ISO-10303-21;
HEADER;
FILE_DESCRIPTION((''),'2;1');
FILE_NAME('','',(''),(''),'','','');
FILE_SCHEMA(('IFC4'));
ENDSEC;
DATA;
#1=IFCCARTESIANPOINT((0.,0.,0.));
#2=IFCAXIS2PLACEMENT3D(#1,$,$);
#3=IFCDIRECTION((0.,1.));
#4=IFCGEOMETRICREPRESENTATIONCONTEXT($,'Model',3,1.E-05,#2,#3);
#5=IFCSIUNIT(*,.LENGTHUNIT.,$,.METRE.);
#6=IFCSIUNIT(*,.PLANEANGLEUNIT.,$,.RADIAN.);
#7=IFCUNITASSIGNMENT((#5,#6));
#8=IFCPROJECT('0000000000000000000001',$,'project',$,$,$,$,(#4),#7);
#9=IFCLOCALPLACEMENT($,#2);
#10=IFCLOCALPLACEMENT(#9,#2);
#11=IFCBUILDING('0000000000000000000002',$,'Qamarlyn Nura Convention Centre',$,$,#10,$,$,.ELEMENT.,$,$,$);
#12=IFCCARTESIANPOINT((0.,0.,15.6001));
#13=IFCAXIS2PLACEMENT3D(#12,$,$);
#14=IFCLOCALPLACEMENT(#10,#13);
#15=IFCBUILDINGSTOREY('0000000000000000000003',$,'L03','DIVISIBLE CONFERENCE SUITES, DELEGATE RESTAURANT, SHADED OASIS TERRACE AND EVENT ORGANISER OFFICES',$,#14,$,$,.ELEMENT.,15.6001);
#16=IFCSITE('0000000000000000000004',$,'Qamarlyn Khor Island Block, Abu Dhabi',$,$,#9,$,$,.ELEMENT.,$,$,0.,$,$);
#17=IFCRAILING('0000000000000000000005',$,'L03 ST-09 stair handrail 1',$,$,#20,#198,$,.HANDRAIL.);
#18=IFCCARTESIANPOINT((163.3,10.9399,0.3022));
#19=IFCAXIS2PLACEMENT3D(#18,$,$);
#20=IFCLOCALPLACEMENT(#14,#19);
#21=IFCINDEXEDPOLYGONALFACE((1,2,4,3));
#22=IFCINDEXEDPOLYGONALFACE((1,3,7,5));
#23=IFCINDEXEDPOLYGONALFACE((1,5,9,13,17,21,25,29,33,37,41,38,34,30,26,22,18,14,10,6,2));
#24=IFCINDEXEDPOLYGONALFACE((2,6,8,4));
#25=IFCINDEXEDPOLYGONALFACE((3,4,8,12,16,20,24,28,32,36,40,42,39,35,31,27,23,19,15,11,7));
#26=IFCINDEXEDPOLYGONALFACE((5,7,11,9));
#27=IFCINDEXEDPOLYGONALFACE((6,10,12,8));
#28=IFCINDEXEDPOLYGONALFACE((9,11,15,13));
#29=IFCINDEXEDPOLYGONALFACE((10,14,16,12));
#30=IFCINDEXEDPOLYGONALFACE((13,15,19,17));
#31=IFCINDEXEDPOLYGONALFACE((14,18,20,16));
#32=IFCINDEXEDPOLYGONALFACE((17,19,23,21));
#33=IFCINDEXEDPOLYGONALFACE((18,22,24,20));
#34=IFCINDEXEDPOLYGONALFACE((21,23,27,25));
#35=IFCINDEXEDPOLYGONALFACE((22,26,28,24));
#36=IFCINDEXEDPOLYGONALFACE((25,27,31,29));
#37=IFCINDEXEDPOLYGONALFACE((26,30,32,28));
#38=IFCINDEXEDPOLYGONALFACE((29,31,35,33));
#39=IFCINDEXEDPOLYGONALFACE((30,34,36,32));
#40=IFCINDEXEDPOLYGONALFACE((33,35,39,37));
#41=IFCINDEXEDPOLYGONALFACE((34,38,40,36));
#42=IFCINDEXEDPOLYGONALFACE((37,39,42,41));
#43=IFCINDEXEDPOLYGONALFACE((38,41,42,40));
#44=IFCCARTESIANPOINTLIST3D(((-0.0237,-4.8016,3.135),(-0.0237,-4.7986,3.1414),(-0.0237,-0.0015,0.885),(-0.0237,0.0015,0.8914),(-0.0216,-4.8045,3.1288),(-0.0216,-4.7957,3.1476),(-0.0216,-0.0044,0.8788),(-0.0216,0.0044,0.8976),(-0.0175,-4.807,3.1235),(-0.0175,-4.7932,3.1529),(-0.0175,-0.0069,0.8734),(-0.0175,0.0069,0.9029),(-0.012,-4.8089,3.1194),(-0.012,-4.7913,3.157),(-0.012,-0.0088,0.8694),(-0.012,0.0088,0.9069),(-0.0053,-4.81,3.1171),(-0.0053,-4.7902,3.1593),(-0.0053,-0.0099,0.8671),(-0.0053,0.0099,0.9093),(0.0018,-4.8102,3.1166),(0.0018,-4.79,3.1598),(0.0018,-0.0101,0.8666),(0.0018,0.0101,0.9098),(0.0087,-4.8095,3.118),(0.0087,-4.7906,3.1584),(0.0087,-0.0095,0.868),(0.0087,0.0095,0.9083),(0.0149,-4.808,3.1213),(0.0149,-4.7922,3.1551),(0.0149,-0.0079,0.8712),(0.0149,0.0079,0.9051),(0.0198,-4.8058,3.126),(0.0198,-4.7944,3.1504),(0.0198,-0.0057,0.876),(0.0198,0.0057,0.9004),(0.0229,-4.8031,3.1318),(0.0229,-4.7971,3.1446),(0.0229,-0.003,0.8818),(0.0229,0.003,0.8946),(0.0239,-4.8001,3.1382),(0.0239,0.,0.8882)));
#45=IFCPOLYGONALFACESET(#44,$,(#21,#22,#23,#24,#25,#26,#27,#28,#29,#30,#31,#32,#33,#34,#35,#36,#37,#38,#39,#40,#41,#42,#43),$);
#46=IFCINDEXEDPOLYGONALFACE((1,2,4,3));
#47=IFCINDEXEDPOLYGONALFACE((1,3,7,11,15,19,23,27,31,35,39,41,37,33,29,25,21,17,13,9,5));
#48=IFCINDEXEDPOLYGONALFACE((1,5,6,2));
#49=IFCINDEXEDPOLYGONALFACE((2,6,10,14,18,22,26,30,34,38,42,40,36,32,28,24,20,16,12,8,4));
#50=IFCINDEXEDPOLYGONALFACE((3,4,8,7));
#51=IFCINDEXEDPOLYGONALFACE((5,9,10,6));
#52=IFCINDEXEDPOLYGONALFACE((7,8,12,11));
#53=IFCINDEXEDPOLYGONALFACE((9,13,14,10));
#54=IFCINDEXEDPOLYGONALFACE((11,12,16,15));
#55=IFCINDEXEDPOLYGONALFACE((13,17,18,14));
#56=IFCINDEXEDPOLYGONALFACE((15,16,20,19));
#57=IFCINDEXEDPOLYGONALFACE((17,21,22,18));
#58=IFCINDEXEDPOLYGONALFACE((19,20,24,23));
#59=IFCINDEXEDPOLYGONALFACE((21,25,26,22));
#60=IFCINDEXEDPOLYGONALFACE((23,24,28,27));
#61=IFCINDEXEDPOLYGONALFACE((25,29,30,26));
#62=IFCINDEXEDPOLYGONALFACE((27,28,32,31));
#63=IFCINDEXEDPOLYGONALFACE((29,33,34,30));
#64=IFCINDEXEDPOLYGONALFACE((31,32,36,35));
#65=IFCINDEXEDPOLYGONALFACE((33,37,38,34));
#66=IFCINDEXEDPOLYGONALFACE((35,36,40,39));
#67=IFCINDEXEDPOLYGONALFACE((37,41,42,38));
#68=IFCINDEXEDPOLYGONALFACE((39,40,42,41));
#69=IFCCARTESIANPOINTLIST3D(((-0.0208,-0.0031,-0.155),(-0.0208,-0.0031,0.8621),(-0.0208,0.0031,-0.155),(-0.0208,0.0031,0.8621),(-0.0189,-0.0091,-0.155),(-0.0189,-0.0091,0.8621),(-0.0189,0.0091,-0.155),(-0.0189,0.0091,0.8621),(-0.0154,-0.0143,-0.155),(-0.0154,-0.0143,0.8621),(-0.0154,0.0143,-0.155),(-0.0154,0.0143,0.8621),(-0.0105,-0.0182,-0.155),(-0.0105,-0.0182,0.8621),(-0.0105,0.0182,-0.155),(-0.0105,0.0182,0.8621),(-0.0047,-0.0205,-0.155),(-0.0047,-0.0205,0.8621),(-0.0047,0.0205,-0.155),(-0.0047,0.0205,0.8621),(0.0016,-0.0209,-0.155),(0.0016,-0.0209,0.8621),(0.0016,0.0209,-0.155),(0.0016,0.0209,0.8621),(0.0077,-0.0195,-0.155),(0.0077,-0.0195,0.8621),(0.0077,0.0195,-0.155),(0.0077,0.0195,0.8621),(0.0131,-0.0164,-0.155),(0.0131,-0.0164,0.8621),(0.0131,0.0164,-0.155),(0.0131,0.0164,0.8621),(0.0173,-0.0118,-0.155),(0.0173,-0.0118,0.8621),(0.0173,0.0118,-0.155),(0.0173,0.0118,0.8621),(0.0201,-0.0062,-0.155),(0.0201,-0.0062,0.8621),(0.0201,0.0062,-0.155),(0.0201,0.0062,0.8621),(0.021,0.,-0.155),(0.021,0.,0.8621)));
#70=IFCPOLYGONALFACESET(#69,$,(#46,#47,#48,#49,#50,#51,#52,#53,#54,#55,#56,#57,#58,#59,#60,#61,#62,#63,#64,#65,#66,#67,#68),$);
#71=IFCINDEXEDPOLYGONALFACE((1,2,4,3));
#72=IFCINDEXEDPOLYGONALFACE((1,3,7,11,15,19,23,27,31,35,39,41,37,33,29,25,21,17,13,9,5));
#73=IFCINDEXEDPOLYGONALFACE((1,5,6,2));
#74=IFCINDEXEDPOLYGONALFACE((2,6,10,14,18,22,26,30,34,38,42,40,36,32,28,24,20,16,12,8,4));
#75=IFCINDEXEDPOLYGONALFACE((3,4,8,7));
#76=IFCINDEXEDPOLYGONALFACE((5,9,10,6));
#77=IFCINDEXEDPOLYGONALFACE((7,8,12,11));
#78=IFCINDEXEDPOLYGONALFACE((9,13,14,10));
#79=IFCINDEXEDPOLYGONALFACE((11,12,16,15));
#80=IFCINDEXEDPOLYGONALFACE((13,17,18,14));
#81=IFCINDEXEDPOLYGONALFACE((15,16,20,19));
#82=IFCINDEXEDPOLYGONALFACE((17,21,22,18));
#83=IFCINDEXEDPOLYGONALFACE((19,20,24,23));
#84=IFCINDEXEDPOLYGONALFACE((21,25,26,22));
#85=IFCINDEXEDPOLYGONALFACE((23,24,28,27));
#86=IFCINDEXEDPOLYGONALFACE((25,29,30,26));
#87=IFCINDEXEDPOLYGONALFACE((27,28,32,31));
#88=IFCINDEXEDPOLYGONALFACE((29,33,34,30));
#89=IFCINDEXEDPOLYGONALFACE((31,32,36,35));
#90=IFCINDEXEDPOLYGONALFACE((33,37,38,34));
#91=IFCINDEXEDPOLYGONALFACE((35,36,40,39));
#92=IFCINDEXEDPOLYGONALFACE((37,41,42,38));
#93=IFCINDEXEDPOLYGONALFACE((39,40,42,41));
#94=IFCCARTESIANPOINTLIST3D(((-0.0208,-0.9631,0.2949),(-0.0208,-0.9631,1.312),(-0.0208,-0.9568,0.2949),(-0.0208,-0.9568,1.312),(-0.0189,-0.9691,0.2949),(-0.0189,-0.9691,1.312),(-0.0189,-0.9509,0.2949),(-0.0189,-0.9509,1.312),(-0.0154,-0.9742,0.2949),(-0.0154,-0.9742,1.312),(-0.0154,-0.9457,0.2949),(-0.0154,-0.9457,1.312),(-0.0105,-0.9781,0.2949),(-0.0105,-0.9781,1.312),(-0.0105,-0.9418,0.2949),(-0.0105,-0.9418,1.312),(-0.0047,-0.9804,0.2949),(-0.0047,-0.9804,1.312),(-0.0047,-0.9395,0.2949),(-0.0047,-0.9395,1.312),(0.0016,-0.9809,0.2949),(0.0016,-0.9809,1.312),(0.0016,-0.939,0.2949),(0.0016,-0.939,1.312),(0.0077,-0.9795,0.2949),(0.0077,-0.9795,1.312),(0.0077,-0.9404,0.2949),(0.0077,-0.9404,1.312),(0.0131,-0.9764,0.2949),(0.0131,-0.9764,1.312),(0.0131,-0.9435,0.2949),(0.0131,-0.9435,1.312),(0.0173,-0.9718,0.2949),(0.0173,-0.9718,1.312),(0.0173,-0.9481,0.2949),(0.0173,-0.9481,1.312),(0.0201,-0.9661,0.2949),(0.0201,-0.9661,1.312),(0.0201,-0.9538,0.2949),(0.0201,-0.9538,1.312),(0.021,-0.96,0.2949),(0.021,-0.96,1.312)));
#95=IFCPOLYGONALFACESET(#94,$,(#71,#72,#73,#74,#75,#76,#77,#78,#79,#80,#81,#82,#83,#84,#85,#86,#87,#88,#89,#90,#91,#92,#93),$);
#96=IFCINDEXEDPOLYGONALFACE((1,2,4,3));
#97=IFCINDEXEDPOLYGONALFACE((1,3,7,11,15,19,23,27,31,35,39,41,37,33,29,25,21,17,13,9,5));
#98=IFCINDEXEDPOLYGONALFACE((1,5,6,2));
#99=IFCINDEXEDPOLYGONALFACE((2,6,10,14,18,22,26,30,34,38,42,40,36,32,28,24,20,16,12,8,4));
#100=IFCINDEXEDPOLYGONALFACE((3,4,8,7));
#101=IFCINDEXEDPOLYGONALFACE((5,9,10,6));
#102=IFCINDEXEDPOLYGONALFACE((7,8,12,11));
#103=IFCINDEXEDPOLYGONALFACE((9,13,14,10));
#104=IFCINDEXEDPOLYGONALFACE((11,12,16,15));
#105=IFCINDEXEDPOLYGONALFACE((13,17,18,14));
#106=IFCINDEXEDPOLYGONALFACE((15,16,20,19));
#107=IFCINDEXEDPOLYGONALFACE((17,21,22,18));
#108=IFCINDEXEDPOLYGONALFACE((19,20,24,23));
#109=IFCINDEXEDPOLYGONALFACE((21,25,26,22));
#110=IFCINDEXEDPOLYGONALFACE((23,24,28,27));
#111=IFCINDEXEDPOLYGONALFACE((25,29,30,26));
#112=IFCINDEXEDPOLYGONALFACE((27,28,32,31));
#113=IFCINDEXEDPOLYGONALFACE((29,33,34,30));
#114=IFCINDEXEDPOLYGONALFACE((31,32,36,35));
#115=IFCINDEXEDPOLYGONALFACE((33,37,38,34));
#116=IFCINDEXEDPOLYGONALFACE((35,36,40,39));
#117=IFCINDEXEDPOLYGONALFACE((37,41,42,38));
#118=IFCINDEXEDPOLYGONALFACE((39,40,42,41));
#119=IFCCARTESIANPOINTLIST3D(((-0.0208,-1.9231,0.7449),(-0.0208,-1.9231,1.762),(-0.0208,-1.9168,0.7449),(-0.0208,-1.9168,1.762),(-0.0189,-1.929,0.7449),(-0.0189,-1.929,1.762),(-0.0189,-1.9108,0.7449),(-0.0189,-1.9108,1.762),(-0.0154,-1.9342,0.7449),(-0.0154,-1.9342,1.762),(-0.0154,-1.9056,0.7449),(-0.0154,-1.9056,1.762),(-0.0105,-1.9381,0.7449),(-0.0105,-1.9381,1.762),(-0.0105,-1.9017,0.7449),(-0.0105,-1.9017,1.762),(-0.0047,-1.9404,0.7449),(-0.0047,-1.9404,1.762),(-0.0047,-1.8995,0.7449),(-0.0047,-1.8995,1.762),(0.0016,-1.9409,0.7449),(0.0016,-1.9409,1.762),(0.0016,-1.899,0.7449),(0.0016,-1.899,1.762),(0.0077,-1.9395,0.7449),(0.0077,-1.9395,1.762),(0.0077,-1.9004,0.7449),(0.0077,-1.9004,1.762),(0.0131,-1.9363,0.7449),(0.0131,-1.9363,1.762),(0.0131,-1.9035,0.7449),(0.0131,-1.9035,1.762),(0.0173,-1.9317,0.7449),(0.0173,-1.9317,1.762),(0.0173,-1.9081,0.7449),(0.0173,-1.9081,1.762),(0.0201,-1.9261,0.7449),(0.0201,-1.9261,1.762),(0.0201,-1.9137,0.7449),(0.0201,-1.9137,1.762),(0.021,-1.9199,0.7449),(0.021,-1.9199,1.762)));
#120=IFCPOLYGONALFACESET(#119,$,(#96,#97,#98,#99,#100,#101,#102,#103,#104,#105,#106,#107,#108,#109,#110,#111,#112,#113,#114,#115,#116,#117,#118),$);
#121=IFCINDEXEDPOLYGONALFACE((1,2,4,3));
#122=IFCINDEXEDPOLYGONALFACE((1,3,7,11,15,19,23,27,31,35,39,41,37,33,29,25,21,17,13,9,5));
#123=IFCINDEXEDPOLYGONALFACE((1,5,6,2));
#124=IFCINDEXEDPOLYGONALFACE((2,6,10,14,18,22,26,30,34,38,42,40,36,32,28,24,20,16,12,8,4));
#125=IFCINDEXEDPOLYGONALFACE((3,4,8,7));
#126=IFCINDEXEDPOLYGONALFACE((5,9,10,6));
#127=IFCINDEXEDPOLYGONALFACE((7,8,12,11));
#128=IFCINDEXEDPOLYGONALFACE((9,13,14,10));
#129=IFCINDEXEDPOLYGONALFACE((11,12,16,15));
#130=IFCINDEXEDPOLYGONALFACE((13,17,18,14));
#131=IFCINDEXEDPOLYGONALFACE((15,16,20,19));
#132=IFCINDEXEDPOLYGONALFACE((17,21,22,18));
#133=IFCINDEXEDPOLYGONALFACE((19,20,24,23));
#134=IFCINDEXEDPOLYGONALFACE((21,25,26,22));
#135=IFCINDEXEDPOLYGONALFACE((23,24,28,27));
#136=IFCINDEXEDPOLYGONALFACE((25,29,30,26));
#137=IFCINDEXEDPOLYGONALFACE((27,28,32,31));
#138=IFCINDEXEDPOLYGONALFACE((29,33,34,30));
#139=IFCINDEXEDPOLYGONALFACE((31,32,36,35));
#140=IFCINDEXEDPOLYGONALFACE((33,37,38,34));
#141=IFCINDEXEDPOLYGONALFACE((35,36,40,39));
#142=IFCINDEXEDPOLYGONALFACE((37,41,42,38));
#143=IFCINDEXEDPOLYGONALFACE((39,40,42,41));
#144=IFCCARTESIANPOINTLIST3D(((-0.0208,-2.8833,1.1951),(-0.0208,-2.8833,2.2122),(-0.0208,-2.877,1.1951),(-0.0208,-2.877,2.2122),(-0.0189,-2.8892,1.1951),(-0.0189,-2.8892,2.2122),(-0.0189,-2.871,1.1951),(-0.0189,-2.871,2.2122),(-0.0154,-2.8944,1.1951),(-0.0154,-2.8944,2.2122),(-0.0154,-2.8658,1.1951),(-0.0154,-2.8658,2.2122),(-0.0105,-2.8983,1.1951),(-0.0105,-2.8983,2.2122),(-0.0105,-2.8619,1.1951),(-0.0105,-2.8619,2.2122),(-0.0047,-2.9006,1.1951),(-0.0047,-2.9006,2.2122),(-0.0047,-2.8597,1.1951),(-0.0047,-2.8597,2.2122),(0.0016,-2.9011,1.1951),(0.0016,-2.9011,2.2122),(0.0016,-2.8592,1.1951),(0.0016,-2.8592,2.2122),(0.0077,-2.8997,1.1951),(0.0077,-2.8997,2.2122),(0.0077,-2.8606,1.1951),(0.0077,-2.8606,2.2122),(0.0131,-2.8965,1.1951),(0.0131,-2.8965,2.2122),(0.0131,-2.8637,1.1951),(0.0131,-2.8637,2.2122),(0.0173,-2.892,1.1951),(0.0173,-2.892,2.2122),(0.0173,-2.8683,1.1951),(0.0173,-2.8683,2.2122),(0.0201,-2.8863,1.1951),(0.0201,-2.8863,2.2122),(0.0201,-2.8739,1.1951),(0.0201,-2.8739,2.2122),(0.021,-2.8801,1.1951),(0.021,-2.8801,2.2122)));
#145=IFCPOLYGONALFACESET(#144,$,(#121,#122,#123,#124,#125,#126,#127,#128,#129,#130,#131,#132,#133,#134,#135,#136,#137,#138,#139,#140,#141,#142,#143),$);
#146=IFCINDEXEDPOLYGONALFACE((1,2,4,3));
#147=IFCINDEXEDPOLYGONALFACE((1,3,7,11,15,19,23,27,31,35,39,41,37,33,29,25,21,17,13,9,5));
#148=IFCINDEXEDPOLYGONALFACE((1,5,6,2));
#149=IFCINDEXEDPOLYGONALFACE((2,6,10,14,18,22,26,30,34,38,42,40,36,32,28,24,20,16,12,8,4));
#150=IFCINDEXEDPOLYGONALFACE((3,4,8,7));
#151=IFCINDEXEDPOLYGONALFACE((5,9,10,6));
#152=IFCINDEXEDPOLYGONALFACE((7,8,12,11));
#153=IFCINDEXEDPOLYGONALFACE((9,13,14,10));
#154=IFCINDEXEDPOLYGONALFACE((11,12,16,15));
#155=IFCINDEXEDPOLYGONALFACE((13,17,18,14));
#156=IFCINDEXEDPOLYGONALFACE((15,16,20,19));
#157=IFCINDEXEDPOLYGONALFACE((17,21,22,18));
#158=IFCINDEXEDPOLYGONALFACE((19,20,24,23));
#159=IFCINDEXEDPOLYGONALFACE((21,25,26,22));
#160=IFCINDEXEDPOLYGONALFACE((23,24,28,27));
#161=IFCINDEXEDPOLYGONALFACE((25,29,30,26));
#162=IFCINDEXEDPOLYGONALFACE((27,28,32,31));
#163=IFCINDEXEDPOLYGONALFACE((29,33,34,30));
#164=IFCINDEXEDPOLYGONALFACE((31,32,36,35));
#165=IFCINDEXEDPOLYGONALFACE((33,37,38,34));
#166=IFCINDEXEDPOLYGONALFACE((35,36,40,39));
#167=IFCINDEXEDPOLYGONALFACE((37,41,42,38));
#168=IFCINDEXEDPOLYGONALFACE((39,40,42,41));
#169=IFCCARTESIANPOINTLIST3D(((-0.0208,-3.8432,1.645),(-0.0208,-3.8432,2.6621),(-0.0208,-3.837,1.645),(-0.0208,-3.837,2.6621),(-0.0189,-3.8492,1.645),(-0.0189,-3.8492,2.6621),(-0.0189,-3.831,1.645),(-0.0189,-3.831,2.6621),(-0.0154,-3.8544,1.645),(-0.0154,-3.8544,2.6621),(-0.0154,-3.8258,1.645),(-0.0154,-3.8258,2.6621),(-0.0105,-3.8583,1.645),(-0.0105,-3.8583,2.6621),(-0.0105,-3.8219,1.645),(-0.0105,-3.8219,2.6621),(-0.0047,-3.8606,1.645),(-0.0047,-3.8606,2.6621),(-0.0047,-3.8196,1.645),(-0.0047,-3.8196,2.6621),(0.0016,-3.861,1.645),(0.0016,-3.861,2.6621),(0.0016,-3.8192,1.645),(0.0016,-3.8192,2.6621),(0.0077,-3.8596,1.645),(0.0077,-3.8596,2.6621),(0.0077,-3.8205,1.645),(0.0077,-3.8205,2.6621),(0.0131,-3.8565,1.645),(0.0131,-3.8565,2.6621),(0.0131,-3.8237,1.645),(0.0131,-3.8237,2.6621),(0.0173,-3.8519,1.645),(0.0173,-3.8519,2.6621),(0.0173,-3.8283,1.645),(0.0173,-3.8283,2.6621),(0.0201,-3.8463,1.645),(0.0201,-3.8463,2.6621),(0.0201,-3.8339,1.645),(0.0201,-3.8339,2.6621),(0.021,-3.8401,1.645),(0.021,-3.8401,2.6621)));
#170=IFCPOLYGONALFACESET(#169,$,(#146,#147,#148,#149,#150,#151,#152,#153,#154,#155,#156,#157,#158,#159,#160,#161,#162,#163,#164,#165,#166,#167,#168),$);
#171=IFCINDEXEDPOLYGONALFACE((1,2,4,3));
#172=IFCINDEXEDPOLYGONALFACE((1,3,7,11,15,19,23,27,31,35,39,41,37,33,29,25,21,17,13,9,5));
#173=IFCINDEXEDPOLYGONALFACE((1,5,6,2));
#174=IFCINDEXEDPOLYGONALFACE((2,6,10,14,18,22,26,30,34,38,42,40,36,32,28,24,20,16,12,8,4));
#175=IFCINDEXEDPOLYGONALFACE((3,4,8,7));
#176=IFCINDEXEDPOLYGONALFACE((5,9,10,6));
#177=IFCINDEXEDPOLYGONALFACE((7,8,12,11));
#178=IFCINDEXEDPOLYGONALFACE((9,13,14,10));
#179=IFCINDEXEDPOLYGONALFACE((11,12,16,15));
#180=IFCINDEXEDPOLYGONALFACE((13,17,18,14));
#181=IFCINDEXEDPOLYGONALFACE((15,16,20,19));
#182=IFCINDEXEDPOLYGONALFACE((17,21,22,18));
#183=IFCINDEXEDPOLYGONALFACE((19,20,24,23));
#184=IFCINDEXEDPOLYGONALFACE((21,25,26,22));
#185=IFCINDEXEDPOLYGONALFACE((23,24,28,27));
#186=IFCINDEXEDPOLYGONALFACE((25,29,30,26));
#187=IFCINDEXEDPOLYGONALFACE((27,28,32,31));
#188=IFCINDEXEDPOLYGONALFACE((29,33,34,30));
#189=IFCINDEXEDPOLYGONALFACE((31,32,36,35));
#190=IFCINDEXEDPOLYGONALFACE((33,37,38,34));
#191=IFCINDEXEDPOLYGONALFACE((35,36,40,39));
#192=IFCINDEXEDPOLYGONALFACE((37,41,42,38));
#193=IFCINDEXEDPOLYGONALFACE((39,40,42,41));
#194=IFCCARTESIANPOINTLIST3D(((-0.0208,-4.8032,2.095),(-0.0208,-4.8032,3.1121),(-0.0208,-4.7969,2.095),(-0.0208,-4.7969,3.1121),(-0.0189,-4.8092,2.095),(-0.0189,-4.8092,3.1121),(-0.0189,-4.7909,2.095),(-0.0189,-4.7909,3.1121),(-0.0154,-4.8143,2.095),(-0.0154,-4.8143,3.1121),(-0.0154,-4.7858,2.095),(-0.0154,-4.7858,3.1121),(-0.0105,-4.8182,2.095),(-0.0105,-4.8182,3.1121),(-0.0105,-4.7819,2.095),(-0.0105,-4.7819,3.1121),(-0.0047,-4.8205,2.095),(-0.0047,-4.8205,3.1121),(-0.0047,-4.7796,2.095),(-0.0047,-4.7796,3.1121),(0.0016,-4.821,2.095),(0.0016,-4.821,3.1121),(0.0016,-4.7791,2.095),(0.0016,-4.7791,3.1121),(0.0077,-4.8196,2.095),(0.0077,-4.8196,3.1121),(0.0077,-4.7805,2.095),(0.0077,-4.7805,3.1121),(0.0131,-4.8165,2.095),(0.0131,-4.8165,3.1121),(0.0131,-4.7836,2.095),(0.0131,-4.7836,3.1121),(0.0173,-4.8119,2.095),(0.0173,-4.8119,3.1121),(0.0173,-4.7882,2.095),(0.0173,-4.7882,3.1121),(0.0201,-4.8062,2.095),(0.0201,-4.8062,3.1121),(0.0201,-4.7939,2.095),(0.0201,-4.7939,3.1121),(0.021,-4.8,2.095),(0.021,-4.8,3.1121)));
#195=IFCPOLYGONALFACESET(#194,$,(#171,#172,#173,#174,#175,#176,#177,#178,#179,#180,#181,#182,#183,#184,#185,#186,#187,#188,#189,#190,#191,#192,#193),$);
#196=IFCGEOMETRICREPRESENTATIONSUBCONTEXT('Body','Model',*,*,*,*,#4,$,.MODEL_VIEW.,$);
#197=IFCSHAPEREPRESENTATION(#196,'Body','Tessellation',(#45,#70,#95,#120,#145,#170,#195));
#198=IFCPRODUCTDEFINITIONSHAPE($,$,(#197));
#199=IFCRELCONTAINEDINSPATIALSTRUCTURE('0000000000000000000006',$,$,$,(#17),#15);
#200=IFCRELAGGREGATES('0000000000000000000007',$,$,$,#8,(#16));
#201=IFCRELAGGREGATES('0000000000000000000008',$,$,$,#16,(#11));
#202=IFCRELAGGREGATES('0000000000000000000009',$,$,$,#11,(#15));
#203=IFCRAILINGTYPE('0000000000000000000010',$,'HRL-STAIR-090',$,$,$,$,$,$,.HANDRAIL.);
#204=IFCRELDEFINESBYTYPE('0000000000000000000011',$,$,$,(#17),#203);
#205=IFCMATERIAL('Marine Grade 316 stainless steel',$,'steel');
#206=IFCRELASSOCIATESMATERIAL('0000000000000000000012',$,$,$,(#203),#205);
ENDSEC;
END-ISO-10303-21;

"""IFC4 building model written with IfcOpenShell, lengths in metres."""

from ifc_helpers import new_model, si_unit, direction, frame, origin, origin_2d, place, context, subcontext, project, spatial, circle, extrude, material, type_object, element, save


model = new_model("IFC4")

# Units and contexts
model_context = context("Model", 3, precision=1e-05, world=origin(), true_north=direction((0.0, 1.0)))
body_context = subcontext(model_context, "Body", "Model", "MODEL_VIEW")
ifc_project = project(units=[si_unit("LENGTHUNIT", "METRE"), si_unit("PLANEANGLEUNIT", "RADIAN")], contexts=[model_context])

# Site, building, storey
site_placement = place(None, origin())
site = spatial("IfcSite", under=ifc_project, at=site_placement, Name="Qamarlyn Khor Island Block, Abu Dhabi", CompositionType="ELEMENT", RefElevation=0.0)
building_placement = place(site_placement, origin())
building = spatial("IfcBuilding", under=site, at=building_placement, Name="Qamarlyn Nura Convention Centre", CompositionType="ELEMENT")
storey_placement = place(building_placement, frame((0.0, 0.0, 15.6001)))
storey = spatial("IfcBuildingStorey", under=building, at=storey_placement, Name="L03", Description="DIVISIBLE CONFERENCE SUITES, DELEGATE RESTAURANT, SHADED OASIS TERRACE AND EVENT ORGANISER OFFICES", CompositionType="ELEMENT", Elevation=15.6001)

# Shared definitions
ifc_material_1 = material(Name="Marine Grade 316 stainless steel", Category="steel")

# Railing
railing_type_1 = type_object("IfcRailingType", Name="HRL-STAIR-090", PredefinedType="HANDRAIL", material=ifc_material_1)
railing_1_placement = place(storey_placement, frame((163.3, 10.9399, 0.3022)))
element("IfcRailing", 1, at=railing_1_placement, inside=storey, type_object=railing_type_1, Name="L03 ST-09 stair handrail 1", PredefinedType="HANDRAIL", context=body_context, shape_type="SweptSolid", body=[
    extrude(circle(Radius=0.0239, at=origin_2d()), frame((0.0, 0.0, 0.8882), z_axis=(0.0, -0.905461, 0.42443), x_axis=(1.0, 0.0, 0.0)), (0.0, 0.0, 1.0), 5.3013),
    extrude(circle(Radius=0.021, at=origin_2d()), frame((0.0, 0.0, -0.155)), (0.0, 0.0, 1.0), 1.0171),
    extrude(circle(Radius=0.021, at=origin_2d()), frame((0.0, -0.96, 0.2949)), (0.0, 0.0, 1.0), 1.0171),
    extrude(circle(Radius=0.021, at=origin_2d()), frame((0.0, -1.9199, 0.7449)), (0.0, 0.0, 1.0), 1.0171),
    extrude(circle(Radius=0.021, at=origin_2d()), frame((0.0, -2.8801, 1.1951)), (0.0, 0.0, 1.0), 1.0171),
    extrude(circle(Radius=0.021, at=origin_2d()), frame((0.0, -3.8401, 1.645)), (0.0, 0.0, 1.0), 1.0171),
    extrude(circle(Radius=0.021, at=origin_2d()), frame((0.0, -4.8, 2.095)), (0.0, 0.0, 1.0), 1.0171),
])

save(model, "model.ifc")
